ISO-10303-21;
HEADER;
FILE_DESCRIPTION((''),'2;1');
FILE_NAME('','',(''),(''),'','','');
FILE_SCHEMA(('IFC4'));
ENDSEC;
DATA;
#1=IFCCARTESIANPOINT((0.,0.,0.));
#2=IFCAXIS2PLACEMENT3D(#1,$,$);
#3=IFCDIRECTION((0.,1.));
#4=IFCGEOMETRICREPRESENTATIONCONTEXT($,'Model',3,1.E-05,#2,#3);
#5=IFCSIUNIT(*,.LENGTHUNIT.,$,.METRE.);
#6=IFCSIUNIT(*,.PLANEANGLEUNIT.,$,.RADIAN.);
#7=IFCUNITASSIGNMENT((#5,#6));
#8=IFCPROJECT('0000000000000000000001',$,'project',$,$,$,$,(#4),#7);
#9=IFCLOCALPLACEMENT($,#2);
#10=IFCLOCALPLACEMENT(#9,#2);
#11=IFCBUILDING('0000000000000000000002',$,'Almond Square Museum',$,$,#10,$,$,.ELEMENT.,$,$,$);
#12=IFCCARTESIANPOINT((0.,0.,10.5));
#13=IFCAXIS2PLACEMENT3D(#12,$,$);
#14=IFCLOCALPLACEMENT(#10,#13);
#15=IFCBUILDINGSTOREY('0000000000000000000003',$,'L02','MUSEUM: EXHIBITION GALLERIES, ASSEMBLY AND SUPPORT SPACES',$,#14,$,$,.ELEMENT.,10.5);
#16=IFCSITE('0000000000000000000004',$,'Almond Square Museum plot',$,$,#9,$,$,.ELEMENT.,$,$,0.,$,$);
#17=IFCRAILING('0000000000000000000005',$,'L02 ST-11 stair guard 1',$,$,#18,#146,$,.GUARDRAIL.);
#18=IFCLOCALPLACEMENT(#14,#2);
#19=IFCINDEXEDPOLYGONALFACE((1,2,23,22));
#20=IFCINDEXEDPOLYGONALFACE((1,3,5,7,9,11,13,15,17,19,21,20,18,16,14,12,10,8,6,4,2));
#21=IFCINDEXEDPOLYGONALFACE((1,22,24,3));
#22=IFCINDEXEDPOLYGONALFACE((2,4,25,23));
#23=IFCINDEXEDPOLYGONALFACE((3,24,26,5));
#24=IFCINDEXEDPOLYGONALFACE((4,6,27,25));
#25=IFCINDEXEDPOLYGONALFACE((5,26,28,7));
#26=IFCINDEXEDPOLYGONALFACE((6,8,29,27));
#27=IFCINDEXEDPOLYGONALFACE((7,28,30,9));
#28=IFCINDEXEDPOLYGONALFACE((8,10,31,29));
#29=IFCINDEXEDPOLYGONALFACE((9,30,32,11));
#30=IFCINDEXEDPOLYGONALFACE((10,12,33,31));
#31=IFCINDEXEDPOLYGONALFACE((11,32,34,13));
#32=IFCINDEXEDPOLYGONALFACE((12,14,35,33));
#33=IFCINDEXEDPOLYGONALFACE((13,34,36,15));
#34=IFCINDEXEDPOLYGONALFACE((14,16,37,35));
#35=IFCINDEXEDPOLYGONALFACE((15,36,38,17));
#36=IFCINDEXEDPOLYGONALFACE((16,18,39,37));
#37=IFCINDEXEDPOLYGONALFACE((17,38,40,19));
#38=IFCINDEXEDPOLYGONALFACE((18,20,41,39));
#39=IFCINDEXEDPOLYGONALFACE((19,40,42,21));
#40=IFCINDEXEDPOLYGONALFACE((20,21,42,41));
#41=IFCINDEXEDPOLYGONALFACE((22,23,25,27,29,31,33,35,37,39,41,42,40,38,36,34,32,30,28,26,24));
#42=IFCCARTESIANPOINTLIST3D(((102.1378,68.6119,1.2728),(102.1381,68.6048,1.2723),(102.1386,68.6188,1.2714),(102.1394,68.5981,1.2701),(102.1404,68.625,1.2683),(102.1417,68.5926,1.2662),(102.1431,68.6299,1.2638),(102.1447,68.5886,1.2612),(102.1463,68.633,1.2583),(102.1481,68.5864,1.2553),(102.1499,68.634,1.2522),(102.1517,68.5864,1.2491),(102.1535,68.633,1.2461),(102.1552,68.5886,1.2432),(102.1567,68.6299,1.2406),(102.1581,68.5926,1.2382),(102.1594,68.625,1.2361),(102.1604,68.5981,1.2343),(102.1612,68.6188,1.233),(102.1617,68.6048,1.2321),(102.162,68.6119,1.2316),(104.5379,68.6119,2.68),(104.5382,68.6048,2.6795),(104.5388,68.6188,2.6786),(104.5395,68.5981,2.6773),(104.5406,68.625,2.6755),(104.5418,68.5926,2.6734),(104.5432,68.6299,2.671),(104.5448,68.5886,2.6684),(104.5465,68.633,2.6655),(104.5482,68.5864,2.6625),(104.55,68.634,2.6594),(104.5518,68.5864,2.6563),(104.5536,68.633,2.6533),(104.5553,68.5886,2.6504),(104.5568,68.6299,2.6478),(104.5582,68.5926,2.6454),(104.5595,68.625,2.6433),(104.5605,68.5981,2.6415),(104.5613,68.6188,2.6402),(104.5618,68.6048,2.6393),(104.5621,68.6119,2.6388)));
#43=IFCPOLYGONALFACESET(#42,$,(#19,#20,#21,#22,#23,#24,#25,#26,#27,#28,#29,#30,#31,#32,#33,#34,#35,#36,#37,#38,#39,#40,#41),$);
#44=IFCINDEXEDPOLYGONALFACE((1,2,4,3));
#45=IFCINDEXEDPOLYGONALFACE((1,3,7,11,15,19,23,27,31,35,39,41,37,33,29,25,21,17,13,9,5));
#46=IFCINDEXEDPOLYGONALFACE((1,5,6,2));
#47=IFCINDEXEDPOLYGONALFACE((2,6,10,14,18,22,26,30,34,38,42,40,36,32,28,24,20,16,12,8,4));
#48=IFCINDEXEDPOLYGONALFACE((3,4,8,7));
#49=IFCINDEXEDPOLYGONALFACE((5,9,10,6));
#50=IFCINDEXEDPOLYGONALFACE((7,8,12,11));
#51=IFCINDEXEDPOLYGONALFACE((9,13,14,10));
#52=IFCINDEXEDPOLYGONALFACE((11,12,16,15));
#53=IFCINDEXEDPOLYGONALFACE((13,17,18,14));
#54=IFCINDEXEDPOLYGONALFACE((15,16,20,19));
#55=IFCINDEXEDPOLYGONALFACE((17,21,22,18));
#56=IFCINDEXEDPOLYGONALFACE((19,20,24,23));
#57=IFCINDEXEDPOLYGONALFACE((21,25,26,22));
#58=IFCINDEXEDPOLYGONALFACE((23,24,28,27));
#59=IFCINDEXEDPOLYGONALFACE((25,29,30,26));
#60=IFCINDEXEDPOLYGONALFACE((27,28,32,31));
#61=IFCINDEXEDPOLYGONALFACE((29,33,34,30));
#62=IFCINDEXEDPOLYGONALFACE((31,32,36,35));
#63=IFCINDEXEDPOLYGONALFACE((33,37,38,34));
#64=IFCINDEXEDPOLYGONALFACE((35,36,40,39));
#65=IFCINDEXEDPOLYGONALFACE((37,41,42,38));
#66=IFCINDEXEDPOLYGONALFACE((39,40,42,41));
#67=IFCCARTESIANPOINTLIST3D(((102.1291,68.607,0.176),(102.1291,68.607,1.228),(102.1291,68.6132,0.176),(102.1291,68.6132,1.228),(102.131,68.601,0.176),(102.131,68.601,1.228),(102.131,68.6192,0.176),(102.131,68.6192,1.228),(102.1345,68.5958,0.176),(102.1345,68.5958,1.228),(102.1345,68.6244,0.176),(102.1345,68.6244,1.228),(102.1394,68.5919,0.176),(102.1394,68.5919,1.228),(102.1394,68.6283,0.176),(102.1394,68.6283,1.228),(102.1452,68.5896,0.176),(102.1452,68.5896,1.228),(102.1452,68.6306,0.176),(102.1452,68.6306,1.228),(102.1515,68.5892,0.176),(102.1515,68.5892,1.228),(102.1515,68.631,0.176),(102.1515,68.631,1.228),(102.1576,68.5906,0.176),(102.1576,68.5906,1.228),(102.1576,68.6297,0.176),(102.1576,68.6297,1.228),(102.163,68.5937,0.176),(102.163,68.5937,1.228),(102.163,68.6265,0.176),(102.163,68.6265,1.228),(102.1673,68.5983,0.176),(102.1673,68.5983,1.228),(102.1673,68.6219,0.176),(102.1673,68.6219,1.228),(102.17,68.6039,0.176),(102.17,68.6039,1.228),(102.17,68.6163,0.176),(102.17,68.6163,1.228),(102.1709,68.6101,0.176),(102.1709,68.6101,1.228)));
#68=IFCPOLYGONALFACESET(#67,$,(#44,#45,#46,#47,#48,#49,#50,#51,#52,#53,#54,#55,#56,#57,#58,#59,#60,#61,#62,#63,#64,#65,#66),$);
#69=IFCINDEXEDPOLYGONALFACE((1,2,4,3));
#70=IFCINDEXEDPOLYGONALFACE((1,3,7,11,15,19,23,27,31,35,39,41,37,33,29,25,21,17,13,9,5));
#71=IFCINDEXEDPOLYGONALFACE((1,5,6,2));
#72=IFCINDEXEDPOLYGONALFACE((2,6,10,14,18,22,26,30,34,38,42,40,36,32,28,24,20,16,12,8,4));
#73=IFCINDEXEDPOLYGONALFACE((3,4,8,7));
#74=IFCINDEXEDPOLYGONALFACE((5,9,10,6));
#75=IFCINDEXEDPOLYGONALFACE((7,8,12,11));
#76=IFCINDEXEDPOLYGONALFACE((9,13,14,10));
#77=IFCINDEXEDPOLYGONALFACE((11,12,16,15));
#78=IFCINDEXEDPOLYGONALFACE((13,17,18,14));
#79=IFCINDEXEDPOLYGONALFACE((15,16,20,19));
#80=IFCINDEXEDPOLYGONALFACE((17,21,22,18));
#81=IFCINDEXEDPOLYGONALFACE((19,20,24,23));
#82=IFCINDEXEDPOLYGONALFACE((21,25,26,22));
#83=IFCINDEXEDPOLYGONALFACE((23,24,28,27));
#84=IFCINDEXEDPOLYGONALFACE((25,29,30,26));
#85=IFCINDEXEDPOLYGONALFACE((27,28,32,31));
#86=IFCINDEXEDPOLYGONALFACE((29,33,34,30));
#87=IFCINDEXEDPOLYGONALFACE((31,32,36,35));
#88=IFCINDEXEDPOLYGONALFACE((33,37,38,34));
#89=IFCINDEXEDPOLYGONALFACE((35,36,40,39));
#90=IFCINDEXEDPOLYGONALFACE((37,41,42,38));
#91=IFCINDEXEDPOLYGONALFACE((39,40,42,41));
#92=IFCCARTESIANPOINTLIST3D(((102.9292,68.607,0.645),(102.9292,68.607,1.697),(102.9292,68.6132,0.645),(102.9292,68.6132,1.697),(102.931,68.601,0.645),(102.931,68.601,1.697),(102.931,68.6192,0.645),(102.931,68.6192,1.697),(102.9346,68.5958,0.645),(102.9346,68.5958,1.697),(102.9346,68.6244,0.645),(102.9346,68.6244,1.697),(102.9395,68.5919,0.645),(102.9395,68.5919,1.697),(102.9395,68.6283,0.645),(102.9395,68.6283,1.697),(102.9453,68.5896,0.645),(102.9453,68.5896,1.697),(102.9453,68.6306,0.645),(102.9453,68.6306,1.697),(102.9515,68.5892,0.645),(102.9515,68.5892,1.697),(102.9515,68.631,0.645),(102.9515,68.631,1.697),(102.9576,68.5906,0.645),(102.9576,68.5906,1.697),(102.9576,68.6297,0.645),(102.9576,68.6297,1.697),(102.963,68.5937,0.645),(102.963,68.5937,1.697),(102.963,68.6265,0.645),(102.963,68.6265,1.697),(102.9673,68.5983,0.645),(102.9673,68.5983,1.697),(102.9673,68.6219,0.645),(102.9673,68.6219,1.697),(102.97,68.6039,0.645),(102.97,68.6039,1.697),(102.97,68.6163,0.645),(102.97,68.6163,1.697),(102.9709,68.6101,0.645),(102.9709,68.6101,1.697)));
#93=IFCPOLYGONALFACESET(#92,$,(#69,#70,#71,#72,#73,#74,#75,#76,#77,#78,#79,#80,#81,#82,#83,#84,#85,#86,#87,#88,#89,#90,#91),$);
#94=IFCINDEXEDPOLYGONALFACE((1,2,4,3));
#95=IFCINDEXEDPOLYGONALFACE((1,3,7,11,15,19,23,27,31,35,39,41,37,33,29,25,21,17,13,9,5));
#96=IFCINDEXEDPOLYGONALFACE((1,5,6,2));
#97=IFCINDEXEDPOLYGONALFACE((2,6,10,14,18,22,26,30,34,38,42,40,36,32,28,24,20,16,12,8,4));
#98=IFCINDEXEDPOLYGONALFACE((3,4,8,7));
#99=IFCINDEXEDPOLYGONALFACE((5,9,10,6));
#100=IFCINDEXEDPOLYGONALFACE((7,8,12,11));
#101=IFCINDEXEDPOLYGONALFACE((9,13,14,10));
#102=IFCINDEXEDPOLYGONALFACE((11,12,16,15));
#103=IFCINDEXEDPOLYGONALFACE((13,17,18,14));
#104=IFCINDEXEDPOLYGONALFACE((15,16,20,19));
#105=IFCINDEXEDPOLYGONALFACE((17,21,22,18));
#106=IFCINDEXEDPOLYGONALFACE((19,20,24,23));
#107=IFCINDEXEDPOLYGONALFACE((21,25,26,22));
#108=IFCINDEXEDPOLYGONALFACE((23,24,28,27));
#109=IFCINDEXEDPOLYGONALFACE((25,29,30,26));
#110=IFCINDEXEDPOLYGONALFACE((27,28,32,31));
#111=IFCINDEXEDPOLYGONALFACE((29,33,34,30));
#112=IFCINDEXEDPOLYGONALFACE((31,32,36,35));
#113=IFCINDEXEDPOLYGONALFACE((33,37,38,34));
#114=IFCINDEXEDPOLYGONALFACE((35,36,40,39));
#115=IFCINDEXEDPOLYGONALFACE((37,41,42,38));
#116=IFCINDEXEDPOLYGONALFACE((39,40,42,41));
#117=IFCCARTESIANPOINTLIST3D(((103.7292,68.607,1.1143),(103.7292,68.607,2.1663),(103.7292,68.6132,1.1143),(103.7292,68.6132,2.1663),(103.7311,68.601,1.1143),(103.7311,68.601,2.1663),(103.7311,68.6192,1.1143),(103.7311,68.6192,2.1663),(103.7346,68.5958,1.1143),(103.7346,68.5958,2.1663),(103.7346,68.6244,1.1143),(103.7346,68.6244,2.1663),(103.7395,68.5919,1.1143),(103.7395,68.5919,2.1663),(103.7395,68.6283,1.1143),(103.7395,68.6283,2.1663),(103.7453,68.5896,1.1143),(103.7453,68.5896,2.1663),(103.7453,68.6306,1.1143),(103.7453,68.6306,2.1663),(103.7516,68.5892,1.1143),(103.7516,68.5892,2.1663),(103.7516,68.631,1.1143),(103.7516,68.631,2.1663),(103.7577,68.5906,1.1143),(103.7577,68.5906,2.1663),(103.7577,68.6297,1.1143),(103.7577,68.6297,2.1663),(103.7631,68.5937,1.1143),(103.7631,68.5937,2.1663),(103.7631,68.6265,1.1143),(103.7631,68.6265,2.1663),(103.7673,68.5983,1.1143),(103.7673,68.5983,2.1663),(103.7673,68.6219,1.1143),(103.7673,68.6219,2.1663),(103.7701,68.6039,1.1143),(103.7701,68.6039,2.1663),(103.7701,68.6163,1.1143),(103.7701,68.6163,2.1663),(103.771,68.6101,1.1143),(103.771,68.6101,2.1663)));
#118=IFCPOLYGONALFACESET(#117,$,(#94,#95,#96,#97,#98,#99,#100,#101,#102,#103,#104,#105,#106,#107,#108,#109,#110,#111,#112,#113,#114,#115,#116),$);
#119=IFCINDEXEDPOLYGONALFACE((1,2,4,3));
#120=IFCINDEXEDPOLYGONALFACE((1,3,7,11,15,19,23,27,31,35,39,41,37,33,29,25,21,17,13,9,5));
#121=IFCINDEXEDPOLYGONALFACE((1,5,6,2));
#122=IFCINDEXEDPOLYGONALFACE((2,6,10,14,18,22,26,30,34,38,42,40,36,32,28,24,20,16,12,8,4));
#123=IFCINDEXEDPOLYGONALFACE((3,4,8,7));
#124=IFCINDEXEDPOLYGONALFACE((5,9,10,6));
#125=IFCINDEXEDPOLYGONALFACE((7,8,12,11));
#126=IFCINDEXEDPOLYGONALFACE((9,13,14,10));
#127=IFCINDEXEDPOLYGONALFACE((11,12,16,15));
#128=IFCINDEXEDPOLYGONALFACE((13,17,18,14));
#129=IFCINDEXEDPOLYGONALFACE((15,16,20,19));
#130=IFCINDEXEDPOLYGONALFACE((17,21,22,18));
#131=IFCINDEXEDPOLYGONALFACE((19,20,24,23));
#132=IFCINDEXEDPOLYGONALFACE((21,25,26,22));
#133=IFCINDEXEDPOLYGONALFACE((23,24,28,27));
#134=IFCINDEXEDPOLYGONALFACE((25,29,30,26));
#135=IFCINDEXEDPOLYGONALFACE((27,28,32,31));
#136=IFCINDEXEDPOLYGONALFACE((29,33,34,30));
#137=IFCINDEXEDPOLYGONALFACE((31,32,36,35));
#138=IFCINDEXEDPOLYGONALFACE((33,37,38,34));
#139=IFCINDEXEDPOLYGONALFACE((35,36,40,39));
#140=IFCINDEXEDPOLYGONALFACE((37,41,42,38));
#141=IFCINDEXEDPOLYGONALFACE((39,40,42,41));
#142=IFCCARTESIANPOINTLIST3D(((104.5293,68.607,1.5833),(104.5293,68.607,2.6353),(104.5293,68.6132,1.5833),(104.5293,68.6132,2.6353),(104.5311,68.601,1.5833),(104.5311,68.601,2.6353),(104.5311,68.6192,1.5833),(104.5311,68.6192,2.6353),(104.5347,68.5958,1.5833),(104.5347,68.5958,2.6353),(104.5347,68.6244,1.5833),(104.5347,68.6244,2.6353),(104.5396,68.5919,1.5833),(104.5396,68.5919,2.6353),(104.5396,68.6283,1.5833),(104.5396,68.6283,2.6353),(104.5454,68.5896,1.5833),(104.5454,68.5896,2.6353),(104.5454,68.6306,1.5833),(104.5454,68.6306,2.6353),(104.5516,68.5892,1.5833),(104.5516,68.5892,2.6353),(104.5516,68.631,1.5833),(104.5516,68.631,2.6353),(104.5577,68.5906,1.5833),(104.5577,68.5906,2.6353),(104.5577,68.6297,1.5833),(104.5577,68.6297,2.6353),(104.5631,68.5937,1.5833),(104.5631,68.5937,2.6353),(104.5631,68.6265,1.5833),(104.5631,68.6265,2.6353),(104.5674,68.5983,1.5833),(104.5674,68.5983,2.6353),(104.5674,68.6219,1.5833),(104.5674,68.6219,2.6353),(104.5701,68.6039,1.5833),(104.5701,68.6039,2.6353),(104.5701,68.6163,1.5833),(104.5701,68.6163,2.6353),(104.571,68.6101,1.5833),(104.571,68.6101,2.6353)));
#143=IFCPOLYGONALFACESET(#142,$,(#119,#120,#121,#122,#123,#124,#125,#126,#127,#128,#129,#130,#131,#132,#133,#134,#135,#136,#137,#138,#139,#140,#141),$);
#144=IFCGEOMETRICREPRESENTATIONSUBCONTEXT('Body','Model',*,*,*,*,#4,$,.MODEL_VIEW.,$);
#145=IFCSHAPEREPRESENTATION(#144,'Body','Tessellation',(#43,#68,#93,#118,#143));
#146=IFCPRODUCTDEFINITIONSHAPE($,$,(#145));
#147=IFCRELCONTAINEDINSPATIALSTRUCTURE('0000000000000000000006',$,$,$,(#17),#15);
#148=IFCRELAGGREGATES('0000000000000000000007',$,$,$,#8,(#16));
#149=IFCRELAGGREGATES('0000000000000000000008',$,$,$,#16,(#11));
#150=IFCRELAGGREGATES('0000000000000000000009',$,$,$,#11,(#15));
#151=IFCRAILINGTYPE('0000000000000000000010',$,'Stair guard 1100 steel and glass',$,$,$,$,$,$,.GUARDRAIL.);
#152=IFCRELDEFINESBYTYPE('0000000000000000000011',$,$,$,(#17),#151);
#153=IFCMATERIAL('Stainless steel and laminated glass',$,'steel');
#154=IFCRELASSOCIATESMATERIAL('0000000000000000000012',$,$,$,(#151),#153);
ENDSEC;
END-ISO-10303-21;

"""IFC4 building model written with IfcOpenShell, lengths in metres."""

from ifc_helpers import new_model, si_unit, direction, frame, origin, origin_2d, place, context, subcontext, project, spatial, circle, extrude, material, type_object, element, save


model = new_model("IFC4")

# Units and contexts
model_context = context("Model", 3, precision=1e-05, world=origin(), true_north=direction((0.0, 1.0)))
body_context = subcontext(model_context, "Body", "Model", "MODEL_VIEW")
ifc_project = project(units=[si_unit("LENGTHUNIT", "METRE"), si_unit("PLANEANGLEUNIT", "RADIAN")], contexts=[model_context])

# Site, building, storey
site_placement = place(None, origin())
site = spatial("IfcSite", under=ifc_project, at=site_placement, Name="Almond Square Museum plot", CompositionType="ELEMENT", RefElevation=0.0)
building_placement = place(site_placement, origin())
building = spatial("IfcBuilding", under=site, at=building_placement, Name="Almond Square Museum", CompositionType="ELEMENT")
storey_placement = place(building_placement, frame((0.0, 0.0, 10.5)))
storey = spatial("IfcBuildingStorey", under=building, at=storey_placement, Name="L02", Description="MUSEUM: EXHIBITION GALLERIES, ASSEMBLY AND SUPPORT SPACES", CompositionType="ELEMENT", Elevation=10.5)

# Railing
ifc_material_1 = material(Name="Stainless steel and laminated glass", Category="steel")
railing_type_1 = type_object("IfcRailingType", Name="Stair guard 1100 steel and glass", PredefinedType="GUARDRAIL", material=ifc_material_1)
railing_1_placement = place(storey_placement, frame((102.1499, 68.6101, 0.176)))
element("IfcRailing", 1, at=railing_1_placement, inside=storey, type_object=railing_type_1, Name="L02 ST-11 stair guard 1", PredefinedType="GUARDRAIL", context=body_context, shape_type="SweptSolid", body=[
    extrude(circle(Radius=0.0239, at=origin_2d()), frame((0.0, 0.0, 1.0762), z_axis=(0.86266, 0.0, 0.505785), x_axis=(0.0, 1.0, 0.0)), (0.0, 0.0, 1.0), 2.7822),
    extrude(circle(Radius=0.021, at=origin_2d()), origin(), (0.0, 0.0, 1.0), 1.052),
    extrude(circle(Radius=0.021, at=origin_2d()), frame((0.8, 0.0, 0.469)), (0.0, 0.0, 1.0), 1.052),
    extrude(circle(Radius=0.021, at=origin_2d()), frame((1.6001, 0.0, 0.9382)), (0.0, 0.0, 1.0), 1.052),
    extrude(circle(Radius=0.021, at=origin_2d()), frame((2.4001, 0.0, 1.4072)), (0.0, 0.0, 1.0), 1.052),
])

save(model, "model.ifc")
